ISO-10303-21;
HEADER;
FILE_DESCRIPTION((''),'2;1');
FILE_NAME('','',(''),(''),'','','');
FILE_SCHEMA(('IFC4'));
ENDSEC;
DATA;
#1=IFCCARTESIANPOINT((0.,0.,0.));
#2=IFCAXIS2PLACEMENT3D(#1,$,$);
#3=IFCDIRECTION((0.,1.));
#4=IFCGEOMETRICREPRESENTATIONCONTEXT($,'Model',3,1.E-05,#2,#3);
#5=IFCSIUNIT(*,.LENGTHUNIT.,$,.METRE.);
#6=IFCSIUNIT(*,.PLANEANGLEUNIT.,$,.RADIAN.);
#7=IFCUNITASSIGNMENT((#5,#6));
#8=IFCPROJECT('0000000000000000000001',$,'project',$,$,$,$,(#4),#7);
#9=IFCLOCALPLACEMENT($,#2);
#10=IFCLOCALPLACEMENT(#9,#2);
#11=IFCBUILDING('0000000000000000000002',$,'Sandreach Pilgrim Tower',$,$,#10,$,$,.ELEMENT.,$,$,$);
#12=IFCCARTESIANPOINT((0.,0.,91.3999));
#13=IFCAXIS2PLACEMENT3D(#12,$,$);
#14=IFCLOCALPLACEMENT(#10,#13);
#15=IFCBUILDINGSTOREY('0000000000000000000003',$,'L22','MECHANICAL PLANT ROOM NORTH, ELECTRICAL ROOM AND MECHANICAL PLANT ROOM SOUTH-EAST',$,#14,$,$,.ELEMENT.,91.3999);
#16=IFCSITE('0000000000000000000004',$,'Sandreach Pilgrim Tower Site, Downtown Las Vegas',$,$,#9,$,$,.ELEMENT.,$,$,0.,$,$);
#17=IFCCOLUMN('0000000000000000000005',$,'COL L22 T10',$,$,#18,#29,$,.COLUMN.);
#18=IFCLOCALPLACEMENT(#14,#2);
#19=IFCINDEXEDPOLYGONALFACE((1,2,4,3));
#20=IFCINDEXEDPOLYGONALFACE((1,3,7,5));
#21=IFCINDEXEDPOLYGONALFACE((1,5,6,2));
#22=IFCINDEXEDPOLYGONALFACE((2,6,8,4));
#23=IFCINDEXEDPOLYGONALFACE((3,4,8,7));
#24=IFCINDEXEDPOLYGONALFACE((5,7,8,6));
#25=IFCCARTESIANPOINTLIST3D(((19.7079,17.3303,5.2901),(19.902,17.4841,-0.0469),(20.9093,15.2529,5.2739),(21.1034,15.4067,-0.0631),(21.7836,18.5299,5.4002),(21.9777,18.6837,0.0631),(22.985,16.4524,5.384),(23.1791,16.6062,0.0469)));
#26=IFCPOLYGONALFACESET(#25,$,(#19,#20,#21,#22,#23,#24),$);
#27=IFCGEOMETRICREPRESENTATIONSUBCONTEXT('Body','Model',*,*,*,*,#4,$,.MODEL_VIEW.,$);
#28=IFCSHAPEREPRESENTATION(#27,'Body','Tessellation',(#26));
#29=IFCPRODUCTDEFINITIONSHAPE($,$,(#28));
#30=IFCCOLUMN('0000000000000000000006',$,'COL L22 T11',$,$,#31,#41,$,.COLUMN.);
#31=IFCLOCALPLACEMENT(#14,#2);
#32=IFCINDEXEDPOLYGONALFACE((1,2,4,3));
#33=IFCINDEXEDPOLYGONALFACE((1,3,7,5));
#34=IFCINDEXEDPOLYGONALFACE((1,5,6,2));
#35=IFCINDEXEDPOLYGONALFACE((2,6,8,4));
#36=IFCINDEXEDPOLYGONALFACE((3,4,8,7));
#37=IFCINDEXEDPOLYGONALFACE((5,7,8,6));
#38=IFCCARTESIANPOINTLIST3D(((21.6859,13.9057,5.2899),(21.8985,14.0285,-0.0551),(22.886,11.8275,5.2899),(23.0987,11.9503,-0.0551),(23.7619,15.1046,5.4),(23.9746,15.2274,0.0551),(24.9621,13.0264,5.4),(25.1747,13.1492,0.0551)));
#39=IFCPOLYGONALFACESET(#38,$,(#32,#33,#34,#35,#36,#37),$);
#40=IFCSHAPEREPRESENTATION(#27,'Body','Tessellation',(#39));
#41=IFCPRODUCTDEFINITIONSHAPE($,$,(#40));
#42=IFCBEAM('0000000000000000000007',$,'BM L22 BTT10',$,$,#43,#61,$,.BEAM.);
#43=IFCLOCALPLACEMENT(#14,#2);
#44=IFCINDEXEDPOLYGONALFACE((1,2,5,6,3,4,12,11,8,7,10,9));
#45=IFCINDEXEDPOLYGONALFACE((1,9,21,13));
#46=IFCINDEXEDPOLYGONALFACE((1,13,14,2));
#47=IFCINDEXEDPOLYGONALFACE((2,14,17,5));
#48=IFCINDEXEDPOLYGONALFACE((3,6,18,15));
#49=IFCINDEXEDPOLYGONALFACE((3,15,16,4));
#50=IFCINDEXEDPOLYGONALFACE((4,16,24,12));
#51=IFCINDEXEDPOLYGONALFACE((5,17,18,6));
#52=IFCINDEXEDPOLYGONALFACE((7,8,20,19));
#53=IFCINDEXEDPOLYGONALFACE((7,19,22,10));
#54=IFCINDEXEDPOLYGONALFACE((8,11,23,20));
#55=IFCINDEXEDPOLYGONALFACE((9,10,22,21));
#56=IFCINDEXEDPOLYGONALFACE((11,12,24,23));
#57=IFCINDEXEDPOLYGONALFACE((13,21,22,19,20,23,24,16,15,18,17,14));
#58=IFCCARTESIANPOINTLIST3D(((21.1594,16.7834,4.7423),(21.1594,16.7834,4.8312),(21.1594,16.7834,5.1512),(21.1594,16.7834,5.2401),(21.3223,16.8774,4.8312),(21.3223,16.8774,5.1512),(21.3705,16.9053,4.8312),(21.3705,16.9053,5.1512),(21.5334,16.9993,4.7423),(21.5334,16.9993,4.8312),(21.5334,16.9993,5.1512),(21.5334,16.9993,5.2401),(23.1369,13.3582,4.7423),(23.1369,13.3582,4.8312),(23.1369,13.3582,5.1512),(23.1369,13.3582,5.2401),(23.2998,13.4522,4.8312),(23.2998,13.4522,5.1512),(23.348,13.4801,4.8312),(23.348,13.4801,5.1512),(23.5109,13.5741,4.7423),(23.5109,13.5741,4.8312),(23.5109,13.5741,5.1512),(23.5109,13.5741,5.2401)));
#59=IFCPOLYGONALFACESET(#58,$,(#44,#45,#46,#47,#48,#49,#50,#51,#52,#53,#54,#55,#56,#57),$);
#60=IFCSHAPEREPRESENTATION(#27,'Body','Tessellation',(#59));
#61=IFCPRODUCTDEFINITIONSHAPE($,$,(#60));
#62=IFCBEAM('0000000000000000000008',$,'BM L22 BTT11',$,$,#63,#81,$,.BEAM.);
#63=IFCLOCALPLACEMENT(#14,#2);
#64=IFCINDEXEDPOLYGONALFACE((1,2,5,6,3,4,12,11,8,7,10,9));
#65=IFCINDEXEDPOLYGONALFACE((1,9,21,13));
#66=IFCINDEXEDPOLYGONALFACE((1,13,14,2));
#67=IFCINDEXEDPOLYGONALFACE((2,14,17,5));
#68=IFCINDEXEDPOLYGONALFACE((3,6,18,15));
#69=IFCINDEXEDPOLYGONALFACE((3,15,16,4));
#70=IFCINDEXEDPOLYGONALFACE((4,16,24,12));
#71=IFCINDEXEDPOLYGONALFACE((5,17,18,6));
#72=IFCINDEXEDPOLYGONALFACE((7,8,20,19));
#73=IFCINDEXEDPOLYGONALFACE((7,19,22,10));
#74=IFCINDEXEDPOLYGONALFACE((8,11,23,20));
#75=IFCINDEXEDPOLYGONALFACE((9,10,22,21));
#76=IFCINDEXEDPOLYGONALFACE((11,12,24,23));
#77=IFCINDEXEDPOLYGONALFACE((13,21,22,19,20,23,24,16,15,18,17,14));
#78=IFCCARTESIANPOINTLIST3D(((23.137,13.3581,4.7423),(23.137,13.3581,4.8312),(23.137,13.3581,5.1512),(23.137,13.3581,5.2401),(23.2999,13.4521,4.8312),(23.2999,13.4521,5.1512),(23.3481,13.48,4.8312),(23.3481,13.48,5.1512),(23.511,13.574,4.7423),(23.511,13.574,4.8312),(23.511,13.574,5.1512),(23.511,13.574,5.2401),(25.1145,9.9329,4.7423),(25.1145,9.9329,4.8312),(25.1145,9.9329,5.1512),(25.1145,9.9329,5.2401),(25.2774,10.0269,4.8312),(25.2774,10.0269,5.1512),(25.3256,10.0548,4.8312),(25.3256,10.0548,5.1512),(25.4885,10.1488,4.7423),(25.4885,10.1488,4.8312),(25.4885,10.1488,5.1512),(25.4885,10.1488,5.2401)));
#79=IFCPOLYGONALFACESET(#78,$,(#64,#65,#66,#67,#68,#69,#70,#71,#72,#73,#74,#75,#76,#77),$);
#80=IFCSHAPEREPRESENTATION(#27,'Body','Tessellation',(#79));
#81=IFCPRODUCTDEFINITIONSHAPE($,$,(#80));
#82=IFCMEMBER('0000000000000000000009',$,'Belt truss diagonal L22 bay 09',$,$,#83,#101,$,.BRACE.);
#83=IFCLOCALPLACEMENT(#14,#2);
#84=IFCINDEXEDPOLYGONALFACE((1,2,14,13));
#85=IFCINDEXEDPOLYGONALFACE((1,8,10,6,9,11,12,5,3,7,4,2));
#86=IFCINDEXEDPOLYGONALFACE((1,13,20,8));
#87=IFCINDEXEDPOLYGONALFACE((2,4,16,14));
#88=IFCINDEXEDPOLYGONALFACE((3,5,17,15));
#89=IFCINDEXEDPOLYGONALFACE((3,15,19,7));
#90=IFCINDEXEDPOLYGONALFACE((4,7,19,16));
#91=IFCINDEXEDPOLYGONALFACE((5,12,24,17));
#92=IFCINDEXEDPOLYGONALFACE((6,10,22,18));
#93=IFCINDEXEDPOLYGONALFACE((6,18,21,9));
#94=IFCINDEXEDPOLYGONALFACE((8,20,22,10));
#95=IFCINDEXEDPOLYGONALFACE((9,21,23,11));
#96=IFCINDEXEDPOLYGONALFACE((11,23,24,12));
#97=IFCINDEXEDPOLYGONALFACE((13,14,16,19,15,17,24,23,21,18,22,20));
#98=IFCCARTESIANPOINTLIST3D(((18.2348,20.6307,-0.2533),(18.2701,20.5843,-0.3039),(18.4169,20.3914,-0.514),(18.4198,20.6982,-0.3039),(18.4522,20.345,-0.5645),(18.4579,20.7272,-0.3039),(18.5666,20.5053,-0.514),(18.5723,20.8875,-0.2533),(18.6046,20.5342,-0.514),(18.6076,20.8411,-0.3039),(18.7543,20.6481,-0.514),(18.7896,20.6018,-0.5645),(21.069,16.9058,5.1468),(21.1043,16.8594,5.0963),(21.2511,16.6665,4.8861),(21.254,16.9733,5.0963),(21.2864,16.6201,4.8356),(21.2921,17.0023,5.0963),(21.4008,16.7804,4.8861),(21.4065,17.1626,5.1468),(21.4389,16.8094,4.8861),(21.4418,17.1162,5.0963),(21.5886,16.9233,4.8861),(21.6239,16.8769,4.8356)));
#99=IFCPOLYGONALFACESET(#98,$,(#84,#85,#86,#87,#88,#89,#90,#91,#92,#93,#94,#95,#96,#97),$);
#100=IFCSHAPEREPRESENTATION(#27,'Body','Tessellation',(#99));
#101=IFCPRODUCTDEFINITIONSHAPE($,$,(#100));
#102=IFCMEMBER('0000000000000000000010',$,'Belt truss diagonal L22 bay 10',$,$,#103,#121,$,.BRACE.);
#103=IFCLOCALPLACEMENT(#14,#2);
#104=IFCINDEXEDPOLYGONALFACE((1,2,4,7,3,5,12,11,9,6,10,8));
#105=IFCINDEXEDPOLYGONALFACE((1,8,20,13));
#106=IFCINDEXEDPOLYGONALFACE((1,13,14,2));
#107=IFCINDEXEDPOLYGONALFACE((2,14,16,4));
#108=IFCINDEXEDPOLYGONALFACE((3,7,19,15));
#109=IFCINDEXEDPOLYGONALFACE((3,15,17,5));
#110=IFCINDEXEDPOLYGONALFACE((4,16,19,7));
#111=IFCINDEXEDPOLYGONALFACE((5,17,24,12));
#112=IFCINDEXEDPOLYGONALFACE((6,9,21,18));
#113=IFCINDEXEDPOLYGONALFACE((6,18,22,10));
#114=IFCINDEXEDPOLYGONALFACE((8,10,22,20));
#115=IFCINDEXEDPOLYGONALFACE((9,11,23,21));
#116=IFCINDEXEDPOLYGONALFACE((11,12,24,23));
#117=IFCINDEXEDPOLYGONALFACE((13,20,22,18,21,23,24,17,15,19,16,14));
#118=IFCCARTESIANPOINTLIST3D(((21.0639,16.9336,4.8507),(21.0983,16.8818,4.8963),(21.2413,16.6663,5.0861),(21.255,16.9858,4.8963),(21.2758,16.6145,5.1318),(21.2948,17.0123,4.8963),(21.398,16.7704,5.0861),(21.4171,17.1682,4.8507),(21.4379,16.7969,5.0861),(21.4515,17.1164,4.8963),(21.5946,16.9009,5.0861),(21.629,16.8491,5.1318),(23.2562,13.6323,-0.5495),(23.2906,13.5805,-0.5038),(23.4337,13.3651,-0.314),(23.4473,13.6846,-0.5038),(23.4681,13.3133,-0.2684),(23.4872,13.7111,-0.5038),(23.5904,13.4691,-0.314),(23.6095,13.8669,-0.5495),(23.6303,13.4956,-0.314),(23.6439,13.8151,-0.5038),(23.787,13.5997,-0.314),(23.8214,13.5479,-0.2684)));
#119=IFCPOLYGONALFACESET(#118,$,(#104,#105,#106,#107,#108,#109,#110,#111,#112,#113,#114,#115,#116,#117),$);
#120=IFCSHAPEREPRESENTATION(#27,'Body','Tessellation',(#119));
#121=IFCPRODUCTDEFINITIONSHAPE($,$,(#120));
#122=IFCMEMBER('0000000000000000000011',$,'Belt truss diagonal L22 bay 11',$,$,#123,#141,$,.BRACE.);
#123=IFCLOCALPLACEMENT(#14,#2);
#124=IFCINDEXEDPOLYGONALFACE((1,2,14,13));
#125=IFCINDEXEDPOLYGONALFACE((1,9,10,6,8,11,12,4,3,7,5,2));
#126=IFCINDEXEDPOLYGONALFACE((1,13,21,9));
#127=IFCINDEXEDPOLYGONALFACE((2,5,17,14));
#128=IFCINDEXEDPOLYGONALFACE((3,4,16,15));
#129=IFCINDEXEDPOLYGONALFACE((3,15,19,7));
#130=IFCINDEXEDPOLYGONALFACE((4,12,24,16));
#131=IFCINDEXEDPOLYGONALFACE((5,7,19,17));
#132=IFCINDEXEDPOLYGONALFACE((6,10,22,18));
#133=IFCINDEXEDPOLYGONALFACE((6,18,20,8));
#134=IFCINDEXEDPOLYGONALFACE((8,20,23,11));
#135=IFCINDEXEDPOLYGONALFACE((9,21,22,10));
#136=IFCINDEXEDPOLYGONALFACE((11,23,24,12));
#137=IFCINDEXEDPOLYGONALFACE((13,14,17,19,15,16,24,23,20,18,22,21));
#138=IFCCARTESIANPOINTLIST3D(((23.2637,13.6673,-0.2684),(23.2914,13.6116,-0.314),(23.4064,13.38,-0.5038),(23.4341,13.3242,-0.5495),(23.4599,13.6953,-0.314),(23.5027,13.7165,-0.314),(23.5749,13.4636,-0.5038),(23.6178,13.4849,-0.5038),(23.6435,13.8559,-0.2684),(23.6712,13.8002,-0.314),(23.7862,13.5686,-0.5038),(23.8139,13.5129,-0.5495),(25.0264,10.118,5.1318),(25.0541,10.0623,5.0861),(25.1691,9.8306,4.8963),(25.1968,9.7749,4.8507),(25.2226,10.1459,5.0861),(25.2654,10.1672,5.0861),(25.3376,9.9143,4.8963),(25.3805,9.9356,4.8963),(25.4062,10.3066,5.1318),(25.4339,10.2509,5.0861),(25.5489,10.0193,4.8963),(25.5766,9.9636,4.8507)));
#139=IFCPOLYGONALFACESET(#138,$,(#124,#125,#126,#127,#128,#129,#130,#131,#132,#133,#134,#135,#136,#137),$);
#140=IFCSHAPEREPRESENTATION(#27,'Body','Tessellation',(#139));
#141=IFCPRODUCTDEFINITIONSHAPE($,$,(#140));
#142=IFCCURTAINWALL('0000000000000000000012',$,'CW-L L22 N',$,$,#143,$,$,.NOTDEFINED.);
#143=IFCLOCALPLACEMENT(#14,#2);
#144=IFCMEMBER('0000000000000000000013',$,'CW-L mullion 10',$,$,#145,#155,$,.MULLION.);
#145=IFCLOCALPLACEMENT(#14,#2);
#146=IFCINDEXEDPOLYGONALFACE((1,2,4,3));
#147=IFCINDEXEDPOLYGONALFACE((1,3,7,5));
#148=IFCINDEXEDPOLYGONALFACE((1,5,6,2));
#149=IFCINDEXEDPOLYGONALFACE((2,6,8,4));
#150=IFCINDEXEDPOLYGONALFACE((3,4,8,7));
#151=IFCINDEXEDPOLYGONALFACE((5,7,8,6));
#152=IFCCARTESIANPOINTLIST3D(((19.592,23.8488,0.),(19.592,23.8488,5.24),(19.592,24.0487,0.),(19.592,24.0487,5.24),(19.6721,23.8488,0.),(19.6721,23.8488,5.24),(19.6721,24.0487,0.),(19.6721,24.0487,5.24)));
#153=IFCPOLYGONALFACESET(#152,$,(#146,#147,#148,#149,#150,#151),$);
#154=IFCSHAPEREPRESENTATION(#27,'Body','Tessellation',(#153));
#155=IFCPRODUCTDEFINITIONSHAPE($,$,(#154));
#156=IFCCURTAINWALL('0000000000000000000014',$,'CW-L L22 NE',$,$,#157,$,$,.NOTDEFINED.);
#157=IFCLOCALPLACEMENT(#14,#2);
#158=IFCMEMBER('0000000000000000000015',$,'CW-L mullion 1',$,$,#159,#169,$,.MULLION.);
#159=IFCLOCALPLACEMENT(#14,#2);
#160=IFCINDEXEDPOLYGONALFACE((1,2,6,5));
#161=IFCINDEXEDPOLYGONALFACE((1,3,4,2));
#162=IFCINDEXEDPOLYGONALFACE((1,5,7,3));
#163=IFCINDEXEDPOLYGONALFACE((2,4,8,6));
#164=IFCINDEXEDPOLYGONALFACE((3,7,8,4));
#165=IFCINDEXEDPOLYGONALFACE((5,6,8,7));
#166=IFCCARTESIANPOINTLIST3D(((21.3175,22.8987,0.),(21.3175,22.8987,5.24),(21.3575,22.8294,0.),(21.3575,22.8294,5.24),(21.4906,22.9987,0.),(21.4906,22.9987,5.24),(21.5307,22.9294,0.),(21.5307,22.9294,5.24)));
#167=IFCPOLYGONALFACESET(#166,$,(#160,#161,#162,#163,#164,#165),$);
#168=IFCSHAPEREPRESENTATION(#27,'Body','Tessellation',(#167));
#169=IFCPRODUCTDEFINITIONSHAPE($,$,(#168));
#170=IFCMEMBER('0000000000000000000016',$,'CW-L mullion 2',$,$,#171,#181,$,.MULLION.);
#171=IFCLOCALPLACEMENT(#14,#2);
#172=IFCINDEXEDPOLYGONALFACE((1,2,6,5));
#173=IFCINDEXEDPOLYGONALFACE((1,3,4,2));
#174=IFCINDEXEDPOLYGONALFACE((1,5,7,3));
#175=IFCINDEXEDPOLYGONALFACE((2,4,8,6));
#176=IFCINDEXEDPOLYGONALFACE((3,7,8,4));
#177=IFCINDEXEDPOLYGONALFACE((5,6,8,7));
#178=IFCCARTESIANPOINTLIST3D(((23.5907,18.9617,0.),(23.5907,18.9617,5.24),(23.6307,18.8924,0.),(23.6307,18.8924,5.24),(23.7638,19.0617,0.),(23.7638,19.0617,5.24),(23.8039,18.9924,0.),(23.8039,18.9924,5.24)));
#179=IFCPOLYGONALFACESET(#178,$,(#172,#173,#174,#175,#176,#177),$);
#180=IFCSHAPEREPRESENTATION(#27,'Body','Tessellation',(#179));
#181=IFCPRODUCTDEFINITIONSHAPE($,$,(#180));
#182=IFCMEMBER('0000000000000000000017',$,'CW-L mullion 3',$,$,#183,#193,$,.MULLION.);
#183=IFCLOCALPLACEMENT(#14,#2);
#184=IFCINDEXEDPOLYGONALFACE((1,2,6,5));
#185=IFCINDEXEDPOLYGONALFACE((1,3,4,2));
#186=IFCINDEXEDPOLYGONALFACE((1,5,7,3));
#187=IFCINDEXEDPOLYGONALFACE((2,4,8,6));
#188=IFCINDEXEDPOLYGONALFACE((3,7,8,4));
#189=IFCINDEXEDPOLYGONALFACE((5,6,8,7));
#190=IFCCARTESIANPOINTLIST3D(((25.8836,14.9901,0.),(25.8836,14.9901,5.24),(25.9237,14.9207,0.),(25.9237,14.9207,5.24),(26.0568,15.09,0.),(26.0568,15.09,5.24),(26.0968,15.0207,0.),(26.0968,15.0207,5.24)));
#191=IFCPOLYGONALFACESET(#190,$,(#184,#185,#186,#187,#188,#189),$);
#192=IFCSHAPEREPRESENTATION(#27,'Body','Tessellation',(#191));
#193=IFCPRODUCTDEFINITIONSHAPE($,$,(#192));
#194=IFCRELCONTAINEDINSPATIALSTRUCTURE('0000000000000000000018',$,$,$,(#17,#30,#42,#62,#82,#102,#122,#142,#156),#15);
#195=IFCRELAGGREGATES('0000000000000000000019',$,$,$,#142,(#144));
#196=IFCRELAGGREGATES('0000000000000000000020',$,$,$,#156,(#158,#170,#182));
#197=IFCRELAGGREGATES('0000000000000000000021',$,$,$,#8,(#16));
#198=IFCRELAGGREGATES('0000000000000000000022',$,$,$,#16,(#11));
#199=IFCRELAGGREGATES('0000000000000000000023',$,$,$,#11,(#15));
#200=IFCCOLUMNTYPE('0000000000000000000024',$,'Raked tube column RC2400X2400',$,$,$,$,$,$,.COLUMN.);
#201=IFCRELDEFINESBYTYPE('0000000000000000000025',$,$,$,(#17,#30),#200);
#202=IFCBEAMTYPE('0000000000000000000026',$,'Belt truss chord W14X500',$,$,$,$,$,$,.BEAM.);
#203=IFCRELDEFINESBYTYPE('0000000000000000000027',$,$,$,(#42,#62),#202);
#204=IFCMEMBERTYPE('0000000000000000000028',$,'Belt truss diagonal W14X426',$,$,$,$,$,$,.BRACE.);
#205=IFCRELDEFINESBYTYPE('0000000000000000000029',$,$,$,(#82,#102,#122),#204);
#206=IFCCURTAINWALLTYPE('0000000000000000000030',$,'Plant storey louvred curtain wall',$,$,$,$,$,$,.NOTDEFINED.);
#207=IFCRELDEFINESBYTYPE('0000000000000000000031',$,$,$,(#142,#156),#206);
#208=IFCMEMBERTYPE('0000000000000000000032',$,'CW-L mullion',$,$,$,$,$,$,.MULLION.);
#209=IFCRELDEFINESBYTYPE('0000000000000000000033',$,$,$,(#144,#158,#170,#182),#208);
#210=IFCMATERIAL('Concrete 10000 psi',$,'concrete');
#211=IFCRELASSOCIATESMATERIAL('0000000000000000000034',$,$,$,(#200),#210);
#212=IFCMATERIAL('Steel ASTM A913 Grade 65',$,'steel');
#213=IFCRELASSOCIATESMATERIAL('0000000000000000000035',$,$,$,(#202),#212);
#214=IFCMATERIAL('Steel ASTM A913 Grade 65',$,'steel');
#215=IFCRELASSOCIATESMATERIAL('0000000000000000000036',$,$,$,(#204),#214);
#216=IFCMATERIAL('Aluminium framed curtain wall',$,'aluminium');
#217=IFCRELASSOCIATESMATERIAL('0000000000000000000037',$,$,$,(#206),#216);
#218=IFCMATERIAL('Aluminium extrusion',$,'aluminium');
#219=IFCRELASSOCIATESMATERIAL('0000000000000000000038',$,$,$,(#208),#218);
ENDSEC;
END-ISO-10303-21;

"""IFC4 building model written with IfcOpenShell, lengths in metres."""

from ifc_helpers import new_model, si_unit, direction, frame, origin, origin_2d, place, context, subcontext, project, spatial, rectangle, i_section, extrude, material, material_profile, profile_set, type_object, element, aggregate, save


model = new_model("IFC4")

# Units and contexts
model_context = context("Model", 3, precision=1e-05, world=origin(), true_north=direction((0.0, 1.0)))
body_context = subcontext(model_context, "Body", "Model", "MODEL_VIEW")
ifc_project = project(units=[si_unit("LENGTHUNIT", "METRE"), si_unit("PLANEANGLEUNIT", "RADIAN")], contexts=[model_context])

# Site, building, storey
site_placement = place(None, origin())
site = spatial("IfcSite", under=ifc_project, at=site_placement, Name="Sandreach Pilgrim Tower Site, Downtown Las Vegas", CompositionType="ELEMENT", RefElevation=0.0)
building_placement = place(site_placement, origin())
building = spatial("IfcBuilding", under=site, at=building_placement, Name="Sandreach Pilgrim Tower", CompositionType="ELEMENT")
storey_placement = place(building_placement, frame((0.0, 0.0, 91.3999)))
storey = spatial("IfcBuildingStorey", under=building, at=storey_placement, Name="L22", Description="MECHANICAL PLANT ROOM NORTH, ELECTRICAL ROOM AND MECHANICAL PLANT ROOM SOUTH-EAST", CompositionType="ELEMENT", Elevation=91.3999)

# Columns
ifc_material_1 = material(Name="Concrete 10000 psi", Category="concrete")
ifc_material_profile_1 = material_profile(ifc_material_1, rectangle(XDim=2.3999, YDim=2.3999, at=origin_2d()), Name="RC2400X2400")
ifc_profile_set_1 = profile_set([ifc_material_profile_1], Name="Concrete 10000 psi")
column_type = type_object("IfcColumnType", Name="Raked tube column RC2400X2400", PredefinedType="COLUMN", material=ifc_profile_set_1)
column_1_placement = place(storey_placement, frame((21.5405, 17.0452, 0.0), z_axis=(-0.036329, -0.028789, 0.998925), x_axis=(0.864916, 0.499818, 0.04586)))
element("IfcColumn", 1, at=column_1_placement, inside=storey, type_object=column_type, Name="COL L22 T10", PredefinedType="COLUMN", context=body_context, shape_type="SweptSolid", body=[
    extrude(rectangle(XDim=2.3999, YDim=2.3999, at=origin_2d()), origin(), (0.0, 0.0, 1.0), 5.3428),
])
column_2_placement = place(storey_placement, frame((23.5366, 13.5889, 0.0), z_axis=(-0.039742, -0.022951, 0.998946), x_axis=(0.865058, 0.499568, 0.045894)))
element("IfcColumn", 2, at=column_2_placement, inside=storey, type_object=column_type, Name="COL L22 T11", PredefinedType="COLUMN", context=body_context, shape_type="SweptSolid", body=[
    extrude(rectangle(XDim=2.3999, YDim=2.3999, at=origin_2d()), origin(), (0.0, 0.0, 1.0), 5.3506),
])

# Beams
ifc_material_2 = material(Name="Steel ASTM A913 Grade 65", Category="steel")
ifc_material_profile_2 = material_profile(ifc_material_2, i_section(OverallWidth=0.4319, OverallDepth=0.4978, WebThickness=0.0557, FlangeThickness=0.0889, at=origin_2d()), Name="W14X500")
ifc_profile_set_2 = profile_set([ifc_material_profile_2], Name="Steel ASTM A913 Grade 65")
beam_type_1 = type_object("IfcBeamType", Name="Belt truss chord W14X500", PredefinedType="BEAM", material=ifc_profile_set_2)
for number, where, z_axis, x_axis, name in (
    (3, (21.3464, 16.8914, 4.9912), (0.49999, -0.866031, 0.0), (0.866031, 0.49999, 0.0), "BM L22 BTT10"),
    (4, (23.324, 13.4661, 4.9912), (0.49999, -0.866031, 0.0), (0.866031, 0.49999, 0.0), "BM L22 BTT11"),
):
    element("IfcBeam", number, at=place(storey_placement, frame(where, z_axis=z_axis, x_axis=x_axis)), inside=storey, type_object=beam_type_1, Name=name, PredefinedType="BEAM", context=body_context, shape_type="SweptSolid", body=[
        extrude(i_section(OverallWidth=0.4319, OverallDepth=0.4978, WebThickness=0.0557, FlangeThickness=0.0889, at=origin_2d()), origin(), (0.0, 0.0, 1.0), 3.9551),
    ])

# Members
ifc_material_3 = material(Name="Steel ASTM A913 Grade 65", Category="steel")
ifc_material_profile_3 = material_profile(ifc_material_3, i_section(OverallWidth=0.4241, OverallDepth=0.4751, WebThickness=0.0479, FlangeThickness=0.0771, at=origin_2d()), Name="W14X426")
ifc_profile_set_3 = profile_set([ifc_material_profile_3], Name="Steel ASTM A913 Grade 65")
member_type_1 = type_object("IfcMemberType", Name="Belt truss diagonal W14X426", PredefinedType="BRACE", material=ifc_profile_set_3)
member_1_placement = place(storey_placement, frame((18.5122, 20.6162, -0.4089), z_axis=(0.396603, -0.521232, 0.755661), x_axis=(0.795818, 0.605535, 0.0)))
element("IfcMember", 5, at=member_1_placement, inside=storey, type_object=member_type_1, Name="Belt truss diagonal L22 bay 09", PredefinedType="BRACE", context=body_context, shape_type="SweptSolid", body=[
    extrude(i_section(OverallWidth=0.4241, OverallDepth=0.4751, WebThickness=0.0479, FlangeThickness=0.0771, at=origin_2d()), origin(), (0.0, 0.0, 1.0), 7.1462),
])
for number, where, z_axis, x_axis, name in (
    (6, (21.3464, 16.8914, 4.9912), (0.327307, -0.492856, -0.806203), (0.833035, 0.553221, 0.0), "Belt truss diagonal L22 bay 10"),
    (7, (23.5388, 13.5901, -0.4089), (0.263158, -0.529888, 0.806205), (0.895631, 0.444797, 0.0), "Belt truss diagonal L22 bay 11"),
):
    element("IfcMember", number, at=place(storey_placement, frame(where, z_axis=z_axis, x_axis=x_axis)), inside=storey, type_object=member_type_1, Name=name, PredefinedType="BRACE", context=body_context, shape_type="SweptSolid", body=[
        extrude(i_section(OverallWidth=0.4241, OverallDepth=0.4751, WebThickness=0.0479, FlangeThickness=0.0771, at=origin_2d()), origin(), (0.0, 0.0, 1.0), 6.6982),
    ])

# Curtain wall, member
ifc_material_4 = material(Name="Aluminium framed curtain wall", Category="aluminium")
curtain_wall_type = type_object("IfcCurtainWallType", Name="Plant storey louvred curtain wall", PredefinedType="NOTDEFINED", material=ifc_material_4)
curtain_wall_1_placement = place(storey_placement, origin())
curtain_wall_1 = element("IfcCurtainWall", 8, at=curtain_wall_1_placement, inside=storey, type_object=curtain_wall_type, Name="CW-L L22 N", PredefinedType="NOTDEFINED")
ifc_material_5 = material(Name="Aluminium extrusion", Category="aluminium")
ifc_material_profile_4 = material_profile(ifc_material_5, rectangle(XDim=0.0801, YDim=0.2, at=origin_2d()), Name="CW-LM 80X200")
ifc_profile_set_4 = profile_set([ifc_material_profile_4], Name="Aluminium extrusion")
member_type_2 = type_object("IfcMemberType", Name="CW-L mullion", PredefinedType="MULLION", material=ifc_profile_set_4)
member_2_placement = place(storey_placement, frame((19.6321, 23.9487, 0.0), z_axis=(0.0, 0.0, 1.0), x_axis=(1.0, 0.0, 0.0)))
member_2 = element("IfcMember", 9, at=member_2_placement, type_object=member_type_2, Name="CW-L mullion 10", PredefinedType="MULLION", context=body_context, shape_type="SweptSolid", body=[
    extrude(rectangle(XDim=0.0801, YDim=0.2, at=origin_2d()), origin(), (0.0, 0.0, 1.0), 5.24),
])
aggregate(curtain_wall_1, [member_2])

# Curtain wall, members
curtain_wall_2_placement = place(storey_placement, origin())
curtain_wall_2 = element("IfcCurtainWall", 10, at=curtain_wall_2_placement, inside=storey, type_object=curtain_wall_type, Name="CW-L L22 NE", PredefinedType="NOTDEFINED")
member_3_placement = place(storey_placement, frame((21.4241, 22.9141, 0.0), z_axis=(0.0, 0.0, 1.0), x_axis=(0.5, -0.866025, 0.0)))
member_3 = element("IfcMember", 11, at=member_3_placement, type_object=member_type_2, Name="CW-L mullion 1", PredefinedType="MULLION", context=body_context, shape_type="SweptSolid", body=[
    extrude(rectangle(XDim=0.0801, YDim=0.2, at=origin_2d()), origin(), (0.0, 0.0, 1.0), 5.24),
])
member_4_placement = place(storey_placement, frame((23.6973, 18.9771, 0.0), z_axis=(0.0, 0.0, 1.0), x_axis=(0.5, -0.866025, 0.0)))
member_4 = element("IfcMember", 12, at=member_4_placement, type_object=member_type_2, Name="CW-L mullion 2", PredefinedType="MULLION", context=body_context, shape_type="SweptSolid", body=[
    extrude(rectangle(XDim=0.0801, YDim=0.2, at=origin_2d()), origin(), (0.0, 0.0, 1.0), 5.24),
])
member_5_placement = place(storey_placement, frame((25.9902, 15.0054, 0.0), z_axis=(0.0, 0.0, 1.0), x_axis=(0.5, -0.866025, 0.0)))
member_5 = element("IfcMember", 13, at=member_5_placement, type_object=member_type_2, Name="CW-L mullion 3", PredefinedType="MULLION", context=body_context, shape_type="SweptSolid", body=[
    extrude(rectangle(XDim=0.0801, YDim=0.2, at=origin_2d()), origin(), (0.0, 0.0, 1.0), 5.24),
])

aggregate(curtain_wall_2, [member_3, member_4, member_5])

save(model, "model.ifc")
